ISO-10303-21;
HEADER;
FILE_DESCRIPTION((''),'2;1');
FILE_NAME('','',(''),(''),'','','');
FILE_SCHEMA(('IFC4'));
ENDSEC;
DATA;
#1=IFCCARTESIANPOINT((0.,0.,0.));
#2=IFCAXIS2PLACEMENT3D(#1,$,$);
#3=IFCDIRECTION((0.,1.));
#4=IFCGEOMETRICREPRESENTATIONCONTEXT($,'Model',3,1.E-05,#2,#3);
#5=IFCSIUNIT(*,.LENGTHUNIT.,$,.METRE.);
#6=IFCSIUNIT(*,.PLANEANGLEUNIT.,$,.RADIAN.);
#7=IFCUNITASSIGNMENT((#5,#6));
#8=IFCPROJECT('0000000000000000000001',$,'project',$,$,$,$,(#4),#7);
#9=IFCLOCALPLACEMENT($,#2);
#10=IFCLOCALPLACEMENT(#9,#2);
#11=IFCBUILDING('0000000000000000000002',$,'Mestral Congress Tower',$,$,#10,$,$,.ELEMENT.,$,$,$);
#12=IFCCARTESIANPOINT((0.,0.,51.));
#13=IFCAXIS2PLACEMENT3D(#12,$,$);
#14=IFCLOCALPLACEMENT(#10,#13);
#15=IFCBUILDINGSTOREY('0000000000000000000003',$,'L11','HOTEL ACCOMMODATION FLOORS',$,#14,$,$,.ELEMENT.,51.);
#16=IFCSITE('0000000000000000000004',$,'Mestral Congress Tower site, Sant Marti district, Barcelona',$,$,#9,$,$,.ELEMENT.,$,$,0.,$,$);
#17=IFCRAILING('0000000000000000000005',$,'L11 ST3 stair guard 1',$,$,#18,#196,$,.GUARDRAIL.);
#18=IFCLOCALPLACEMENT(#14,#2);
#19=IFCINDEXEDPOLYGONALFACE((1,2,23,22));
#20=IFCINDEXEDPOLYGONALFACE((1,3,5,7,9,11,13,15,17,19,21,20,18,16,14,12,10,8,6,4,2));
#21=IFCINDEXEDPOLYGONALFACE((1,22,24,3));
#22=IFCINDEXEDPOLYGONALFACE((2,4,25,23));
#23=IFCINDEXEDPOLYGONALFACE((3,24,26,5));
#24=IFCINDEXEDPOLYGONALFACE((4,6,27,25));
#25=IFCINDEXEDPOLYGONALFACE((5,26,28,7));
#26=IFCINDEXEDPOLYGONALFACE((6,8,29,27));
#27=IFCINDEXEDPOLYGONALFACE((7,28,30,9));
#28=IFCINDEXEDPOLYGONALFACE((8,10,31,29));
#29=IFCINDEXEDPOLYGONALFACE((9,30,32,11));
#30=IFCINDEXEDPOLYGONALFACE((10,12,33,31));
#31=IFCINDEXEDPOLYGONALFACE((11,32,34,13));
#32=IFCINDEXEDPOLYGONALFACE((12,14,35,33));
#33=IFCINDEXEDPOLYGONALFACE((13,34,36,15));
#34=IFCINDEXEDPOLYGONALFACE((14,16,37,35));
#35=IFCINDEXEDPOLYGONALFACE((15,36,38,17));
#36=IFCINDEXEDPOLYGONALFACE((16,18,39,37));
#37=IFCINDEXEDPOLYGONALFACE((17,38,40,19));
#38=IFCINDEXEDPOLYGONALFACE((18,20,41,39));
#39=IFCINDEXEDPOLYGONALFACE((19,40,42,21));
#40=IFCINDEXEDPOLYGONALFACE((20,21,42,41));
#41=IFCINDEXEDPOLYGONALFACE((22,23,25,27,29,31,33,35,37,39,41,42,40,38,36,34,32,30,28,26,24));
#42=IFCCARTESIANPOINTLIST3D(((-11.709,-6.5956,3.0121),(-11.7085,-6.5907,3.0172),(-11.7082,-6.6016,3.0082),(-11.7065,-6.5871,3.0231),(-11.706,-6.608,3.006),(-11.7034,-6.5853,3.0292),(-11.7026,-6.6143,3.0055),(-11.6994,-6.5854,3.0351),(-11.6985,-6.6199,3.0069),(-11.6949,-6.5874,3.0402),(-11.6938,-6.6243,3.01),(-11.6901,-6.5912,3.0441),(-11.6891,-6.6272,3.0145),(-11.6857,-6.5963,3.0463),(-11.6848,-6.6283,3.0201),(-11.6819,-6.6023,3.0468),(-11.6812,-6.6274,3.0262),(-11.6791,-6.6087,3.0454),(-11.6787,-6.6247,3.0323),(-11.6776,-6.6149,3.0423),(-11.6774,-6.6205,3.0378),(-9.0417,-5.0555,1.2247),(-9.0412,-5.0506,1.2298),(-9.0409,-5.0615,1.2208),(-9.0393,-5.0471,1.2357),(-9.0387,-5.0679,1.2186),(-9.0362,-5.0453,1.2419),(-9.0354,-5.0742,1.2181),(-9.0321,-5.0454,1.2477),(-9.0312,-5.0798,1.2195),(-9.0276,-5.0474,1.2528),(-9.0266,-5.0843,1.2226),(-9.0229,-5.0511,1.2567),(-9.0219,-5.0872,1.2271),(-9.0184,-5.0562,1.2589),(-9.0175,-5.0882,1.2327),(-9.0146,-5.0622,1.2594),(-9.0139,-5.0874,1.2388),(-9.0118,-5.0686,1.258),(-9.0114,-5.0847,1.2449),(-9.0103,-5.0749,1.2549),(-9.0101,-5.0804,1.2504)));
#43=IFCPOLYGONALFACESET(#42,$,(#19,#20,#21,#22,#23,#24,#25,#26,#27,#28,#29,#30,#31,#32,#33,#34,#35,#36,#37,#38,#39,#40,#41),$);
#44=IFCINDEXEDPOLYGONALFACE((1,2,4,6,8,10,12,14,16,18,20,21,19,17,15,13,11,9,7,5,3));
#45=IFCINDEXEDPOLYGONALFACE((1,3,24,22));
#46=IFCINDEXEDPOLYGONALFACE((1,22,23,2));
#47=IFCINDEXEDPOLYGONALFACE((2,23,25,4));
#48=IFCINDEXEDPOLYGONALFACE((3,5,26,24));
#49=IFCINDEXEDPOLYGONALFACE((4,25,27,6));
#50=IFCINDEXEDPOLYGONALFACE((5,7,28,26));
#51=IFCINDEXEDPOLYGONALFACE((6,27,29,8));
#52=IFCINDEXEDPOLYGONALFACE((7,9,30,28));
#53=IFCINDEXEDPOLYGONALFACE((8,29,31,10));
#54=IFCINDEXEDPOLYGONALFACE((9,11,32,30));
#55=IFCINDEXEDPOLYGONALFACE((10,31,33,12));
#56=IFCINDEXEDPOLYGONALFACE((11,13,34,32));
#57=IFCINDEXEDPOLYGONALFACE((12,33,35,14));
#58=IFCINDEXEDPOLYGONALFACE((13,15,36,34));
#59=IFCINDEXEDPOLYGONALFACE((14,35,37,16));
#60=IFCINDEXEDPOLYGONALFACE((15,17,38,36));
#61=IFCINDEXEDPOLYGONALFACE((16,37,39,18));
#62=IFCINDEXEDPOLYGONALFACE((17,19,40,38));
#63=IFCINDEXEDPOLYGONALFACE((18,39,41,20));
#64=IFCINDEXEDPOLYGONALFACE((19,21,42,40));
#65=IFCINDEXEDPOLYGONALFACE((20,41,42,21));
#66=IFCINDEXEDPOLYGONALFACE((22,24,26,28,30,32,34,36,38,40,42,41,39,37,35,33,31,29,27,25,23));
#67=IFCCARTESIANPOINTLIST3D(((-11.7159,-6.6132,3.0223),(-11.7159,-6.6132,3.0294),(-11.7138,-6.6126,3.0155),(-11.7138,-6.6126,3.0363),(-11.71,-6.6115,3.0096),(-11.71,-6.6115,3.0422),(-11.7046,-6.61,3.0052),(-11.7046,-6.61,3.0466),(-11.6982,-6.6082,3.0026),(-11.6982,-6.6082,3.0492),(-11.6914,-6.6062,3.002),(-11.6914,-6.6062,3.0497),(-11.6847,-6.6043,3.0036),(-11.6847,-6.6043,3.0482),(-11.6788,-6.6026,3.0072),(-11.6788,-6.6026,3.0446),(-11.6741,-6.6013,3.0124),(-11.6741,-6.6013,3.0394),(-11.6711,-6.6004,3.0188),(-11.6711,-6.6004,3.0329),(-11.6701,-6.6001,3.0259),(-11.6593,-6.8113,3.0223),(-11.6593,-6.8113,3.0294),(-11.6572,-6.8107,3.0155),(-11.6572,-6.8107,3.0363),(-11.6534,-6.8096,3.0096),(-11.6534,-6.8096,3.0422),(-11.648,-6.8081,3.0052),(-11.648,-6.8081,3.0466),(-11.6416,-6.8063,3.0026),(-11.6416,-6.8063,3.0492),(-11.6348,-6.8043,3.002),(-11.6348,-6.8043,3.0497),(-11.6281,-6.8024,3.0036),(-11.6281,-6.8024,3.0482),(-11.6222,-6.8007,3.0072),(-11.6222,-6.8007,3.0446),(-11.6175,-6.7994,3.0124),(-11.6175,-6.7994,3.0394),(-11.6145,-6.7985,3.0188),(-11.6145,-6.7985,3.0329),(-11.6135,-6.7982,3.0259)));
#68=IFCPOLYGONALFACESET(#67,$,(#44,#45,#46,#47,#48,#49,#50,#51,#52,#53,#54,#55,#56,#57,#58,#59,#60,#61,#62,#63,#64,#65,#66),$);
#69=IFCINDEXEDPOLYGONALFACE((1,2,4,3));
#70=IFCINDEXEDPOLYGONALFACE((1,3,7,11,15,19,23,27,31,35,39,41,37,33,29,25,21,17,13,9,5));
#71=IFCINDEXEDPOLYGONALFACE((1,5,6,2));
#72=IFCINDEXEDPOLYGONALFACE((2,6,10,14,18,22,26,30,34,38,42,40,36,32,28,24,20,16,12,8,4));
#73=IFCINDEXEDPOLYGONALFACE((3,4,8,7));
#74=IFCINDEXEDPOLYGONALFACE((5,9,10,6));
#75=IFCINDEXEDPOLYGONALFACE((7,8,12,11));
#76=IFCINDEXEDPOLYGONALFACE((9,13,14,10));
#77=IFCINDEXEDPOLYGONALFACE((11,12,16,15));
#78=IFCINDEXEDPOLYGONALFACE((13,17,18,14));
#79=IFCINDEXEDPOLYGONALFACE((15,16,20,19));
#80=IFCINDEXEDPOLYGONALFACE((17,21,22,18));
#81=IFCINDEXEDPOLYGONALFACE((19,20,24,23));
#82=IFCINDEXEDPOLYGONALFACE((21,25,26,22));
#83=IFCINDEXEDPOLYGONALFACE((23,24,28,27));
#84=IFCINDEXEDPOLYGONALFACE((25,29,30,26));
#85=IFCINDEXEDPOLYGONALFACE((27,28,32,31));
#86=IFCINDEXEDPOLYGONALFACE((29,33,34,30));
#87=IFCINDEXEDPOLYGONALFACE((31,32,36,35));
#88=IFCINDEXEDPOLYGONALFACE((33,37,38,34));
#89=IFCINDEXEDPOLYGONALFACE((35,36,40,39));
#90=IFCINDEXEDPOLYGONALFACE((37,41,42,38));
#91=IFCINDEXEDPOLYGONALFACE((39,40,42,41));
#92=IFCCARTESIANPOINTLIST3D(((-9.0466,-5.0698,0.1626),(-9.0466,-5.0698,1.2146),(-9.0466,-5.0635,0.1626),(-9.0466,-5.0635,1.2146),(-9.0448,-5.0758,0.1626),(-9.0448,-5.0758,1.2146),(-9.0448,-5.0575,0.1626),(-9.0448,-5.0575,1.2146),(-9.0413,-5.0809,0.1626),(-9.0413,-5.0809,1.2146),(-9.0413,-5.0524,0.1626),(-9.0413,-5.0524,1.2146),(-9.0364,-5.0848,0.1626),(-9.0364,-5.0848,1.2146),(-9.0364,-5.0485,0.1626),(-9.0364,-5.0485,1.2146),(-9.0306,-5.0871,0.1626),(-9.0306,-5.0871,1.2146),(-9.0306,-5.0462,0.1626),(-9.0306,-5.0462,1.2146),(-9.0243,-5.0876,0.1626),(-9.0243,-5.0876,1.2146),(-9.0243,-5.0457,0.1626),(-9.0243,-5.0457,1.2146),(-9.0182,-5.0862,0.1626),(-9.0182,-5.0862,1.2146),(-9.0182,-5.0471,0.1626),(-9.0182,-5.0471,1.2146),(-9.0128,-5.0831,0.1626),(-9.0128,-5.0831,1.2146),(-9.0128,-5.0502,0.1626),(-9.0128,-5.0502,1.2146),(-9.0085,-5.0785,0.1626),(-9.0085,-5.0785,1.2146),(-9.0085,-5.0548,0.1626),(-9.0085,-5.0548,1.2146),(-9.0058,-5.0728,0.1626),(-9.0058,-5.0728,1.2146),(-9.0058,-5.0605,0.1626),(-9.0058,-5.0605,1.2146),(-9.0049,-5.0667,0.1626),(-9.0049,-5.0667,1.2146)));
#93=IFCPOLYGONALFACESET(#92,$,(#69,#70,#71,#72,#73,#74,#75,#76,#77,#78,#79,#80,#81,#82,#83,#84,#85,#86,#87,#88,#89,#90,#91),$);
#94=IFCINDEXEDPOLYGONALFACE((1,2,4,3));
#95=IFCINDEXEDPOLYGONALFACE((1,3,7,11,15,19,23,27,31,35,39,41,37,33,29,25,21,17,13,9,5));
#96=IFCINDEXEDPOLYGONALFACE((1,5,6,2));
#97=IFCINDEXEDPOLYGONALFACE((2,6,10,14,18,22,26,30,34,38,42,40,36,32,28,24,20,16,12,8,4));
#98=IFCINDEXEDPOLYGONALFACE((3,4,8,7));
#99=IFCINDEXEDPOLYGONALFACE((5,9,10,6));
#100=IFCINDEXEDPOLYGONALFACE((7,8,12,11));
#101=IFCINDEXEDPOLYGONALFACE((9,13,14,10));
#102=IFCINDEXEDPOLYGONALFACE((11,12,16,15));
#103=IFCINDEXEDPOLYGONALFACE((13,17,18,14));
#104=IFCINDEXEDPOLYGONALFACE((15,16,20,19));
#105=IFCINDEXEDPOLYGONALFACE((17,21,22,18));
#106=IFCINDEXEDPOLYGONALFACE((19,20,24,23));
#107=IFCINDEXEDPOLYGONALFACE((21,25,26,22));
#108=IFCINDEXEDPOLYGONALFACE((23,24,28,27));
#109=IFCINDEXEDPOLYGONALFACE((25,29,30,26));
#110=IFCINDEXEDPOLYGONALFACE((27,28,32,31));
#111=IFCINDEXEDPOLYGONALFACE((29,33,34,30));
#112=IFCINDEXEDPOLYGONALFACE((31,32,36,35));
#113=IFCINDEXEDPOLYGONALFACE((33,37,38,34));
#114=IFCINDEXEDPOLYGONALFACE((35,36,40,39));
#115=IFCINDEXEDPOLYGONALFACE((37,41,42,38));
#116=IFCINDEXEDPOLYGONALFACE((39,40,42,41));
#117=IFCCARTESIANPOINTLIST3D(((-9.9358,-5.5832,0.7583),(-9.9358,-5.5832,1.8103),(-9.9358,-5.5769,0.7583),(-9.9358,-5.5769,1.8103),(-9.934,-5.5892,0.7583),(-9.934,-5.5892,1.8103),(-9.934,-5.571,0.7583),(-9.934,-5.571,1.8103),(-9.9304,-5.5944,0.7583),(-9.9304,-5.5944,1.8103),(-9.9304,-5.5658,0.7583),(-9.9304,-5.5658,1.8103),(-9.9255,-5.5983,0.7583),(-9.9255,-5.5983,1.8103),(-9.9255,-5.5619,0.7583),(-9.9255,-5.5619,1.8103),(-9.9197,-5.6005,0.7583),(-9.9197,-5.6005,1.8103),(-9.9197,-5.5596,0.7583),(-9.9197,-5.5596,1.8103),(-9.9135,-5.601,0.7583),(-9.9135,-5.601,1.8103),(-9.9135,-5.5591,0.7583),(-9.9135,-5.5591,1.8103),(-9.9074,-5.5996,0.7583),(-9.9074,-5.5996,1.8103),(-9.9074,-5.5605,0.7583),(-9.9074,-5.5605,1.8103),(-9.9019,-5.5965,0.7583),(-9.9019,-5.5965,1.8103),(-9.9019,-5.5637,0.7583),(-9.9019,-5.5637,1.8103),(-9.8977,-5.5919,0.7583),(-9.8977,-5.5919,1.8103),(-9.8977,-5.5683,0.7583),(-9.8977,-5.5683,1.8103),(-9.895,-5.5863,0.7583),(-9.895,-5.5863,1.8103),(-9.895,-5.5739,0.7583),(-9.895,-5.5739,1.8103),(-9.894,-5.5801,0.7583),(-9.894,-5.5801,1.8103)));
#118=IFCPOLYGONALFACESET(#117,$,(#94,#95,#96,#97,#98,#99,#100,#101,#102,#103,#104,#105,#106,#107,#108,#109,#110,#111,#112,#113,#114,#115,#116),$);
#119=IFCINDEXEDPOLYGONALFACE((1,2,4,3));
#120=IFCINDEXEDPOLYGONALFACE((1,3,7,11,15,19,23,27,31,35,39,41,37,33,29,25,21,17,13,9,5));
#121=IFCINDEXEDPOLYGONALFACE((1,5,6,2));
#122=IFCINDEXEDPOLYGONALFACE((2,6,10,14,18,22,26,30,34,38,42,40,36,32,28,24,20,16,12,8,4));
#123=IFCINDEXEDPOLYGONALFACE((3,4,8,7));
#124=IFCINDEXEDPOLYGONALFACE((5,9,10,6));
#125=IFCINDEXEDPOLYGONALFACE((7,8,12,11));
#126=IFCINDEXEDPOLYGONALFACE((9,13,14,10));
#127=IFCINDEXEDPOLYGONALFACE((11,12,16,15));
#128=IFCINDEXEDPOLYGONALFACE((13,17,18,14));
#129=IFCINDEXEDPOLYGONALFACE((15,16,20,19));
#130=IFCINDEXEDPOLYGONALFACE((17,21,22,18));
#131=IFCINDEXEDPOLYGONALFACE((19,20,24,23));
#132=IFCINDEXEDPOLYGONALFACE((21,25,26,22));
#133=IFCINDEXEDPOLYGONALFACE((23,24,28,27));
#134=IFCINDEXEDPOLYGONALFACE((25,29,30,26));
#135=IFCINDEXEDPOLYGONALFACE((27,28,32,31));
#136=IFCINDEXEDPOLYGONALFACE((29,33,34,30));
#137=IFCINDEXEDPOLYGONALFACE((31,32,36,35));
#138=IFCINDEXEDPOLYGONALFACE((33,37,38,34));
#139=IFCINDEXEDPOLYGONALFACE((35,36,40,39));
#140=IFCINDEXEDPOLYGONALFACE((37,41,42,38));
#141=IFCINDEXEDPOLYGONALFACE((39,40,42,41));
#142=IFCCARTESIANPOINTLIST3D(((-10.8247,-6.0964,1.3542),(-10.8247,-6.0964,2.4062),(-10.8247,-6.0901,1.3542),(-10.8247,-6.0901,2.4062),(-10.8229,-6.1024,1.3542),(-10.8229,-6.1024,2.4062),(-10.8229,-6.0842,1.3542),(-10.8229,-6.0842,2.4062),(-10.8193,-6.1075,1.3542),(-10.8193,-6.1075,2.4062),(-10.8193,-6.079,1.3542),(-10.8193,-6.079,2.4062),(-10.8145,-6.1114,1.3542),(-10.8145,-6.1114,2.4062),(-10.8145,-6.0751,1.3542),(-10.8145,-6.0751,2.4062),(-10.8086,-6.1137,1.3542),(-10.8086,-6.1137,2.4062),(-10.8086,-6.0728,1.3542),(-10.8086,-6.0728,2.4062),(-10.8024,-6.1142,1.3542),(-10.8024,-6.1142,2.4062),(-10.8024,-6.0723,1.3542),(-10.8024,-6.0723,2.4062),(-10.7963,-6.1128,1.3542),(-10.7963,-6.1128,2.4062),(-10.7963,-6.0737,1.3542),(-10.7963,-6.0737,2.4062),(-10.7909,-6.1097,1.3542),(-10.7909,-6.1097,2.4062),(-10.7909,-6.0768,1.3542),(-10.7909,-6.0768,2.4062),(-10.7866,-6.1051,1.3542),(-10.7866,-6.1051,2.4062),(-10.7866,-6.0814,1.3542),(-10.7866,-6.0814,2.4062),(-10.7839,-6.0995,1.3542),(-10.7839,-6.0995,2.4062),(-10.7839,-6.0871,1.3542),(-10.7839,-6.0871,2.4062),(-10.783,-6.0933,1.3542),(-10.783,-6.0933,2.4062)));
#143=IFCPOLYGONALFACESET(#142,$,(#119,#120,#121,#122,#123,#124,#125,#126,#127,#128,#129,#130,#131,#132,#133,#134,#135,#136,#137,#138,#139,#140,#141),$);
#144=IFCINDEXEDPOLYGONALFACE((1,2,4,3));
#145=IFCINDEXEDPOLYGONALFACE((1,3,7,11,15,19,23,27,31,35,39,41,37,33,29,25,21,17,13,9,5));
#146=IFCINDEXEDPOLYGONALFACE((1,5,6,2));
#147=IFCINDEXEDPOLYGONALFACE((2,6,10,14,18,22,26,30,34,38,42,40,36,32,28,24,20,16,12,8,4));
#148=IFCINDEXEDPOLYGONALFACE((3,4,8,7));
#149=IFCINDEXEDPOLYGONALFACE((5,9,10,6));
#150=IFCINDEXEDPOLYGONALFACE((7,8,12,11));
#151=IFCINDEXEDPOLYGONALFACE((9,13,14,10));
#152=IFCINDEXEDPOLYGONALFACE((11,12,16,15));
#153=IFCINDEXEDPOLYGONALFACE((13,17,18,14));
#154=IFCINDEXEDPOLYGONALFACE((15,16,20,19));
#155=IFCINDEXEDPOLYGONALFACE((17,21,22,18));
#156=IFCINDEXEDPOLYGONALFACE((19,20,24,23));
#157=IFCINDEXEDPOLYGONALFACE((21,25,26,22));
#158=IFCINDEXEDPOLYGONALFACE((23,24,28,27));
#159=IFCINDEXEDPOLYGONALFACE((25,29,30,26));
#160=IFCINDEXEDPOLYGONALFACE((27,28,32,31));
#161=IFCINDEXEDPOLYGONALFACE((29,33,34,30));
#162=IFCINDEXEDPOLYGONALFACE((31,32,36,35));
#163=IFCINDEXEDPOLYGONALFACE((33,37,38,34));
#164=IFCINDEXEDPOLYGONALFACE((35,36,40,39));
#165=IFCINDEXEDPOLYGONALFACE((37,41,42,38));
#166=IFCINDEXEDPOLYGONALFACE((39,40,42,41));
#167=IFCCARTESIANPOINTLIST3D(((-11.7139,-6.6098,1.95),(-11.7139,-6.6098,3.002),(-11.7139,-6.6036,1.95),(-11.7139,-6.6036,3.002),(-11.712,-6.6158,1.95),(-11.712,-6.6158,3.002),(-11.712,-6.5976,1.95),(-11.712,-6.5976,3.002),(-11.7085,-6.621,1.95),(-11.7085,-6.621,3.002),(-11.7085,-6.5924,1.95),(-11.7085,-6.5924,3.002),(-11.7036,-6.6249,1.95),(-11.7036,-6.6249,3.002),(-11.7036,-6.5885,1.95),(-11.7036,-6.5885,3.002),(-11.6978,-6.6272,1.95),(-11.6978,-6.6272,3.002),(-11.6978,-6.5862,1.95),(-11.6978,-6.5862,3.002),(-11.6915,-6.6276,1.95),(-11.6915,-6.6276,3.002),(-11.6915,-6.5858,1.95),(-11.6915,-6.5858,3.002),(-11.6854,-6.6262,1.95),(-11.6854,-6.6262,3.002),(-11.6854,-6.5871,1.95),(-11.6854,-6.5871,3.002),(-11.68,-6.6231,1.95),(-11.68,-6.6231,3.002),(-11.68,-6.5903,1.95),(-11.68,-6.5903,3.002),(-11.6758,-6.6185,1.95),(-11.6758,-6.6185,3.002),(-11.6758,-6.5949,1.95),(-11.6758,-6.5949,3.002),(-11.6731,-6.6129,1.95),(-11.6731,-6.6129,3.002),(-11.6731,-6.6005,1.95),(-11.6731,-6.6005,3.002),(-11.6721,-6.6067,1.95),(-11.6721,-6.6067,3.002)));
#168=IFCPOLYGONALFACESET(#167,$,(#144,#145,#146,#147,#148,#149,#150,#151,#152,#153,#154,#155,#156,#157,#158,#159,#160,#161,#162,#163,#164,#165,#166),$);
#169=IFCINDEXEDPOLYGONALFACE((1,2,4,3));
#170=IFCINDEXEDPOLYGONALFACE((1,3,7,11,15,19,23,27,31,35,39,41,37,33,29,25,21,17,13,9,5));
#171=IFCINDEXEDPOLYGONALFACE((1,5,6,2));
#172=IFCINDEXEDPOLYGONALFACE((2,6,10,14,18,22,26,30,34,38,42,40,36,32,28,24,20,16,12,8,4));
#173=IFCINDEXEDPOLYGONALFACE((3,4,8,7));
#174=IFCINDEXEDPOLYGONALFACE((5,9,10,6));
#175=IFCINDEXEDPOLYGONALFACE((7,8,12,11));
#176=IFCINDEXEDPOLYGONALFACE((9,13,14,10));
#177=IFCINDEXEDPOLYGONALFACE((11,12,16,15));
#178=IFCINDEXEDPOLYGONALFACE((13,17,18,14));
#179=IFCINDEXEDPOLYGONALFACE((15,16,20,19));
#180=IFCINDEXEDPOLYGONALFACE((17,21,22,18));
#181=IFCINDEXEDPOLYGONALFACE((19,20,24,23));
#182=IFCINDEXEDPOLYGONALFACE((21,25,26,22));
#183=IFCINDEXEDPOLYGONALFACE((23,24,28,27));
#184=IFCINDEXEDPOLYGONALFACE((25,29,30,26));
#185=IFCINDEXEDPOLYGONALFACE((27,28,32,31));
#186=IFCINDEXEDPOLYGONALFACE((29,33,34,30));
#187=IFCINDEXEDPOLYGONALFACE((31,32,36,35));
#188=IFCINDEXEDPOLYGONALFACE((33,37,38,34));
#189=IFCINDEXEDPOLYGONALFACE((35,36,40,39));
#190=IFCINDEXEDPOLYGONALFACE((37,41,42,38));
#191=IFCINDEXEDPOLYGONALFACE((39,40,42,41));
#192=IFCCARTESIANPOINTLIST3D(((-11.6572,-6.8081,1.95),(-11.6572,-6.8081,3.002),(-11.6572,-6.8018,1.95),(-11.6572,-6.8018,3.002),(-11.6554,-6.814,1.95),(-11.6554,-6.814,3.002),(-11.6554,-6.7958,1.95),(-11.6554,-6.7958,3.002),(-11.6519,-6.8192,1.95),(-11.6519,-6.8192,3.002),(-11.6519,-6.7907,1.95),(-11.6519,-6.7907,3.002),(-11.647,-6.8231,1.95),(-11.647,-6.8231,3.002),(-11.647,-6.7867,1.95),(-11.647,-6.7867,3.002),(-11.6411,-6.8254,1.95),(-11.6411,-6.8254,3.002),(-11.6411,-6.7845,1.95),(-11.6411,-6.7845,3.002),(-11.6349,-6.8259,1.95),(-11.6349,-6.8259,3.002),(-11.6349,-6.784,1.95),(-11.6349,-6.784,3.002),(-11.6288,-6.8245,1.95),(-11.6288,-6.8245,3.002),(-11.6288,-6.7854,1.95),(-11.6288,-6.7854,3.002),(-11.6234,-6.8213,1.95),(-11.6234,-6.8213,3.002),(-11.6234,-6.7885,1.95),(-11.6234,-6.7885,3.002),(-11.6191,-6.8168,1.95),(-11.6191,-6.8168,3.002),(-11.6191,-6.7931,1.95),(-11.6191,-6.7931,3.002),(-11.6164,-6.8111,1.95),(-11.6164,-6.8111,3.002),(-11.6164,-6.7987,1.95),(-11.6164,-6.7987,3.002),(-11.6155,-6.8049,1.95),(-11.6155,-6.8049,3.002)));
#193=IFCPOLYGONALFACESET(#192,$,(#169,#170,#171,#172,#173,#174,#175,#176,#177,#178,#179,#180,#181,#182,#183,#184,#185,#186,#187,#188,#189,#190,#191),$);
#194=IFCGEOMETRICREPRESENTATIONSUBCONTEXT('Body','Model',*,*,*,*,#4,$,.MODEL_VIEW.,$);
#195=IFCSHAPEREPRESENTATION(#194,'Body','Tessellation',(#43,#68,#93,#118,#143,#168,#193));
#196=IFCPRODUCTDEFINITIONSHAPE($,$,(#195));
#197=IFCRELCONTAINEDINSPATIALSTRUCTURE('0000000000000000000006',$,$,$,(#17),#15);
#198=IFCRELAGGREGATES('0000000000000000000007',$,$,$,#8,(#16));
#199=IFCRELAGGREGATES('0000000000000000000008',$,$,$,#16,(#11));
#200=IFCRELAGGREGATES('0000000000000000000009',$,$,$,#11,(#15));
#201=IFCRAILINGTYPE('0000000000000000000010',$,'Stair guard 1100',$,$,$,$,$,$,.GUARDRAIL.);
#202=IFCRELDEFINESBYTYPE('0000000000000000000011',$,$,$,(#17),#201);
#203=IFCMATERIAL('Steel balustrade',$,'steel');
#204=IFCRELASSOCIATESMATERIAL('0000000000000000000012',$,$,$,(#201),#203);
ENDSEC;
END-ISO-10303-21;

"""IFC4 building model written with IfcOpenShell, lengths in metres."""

from ifc_helpers import new_model, si_unit, direction, frame, origin, origin_2d, place, context, subcontext, project, spatial, circle, extrude, material, type_object, element, save


model = new_model("IFC4")

# Units and contexts
model_context = context("Model", 3, precision=1e-05, world=origin(), true_north=direction((0.0, 1.0)))
body_context = subcontext(model_context, "Body", "Model", "MODEL_VIEW")
ifc_project = project(units=[si_unit("LENGTHUNIT", "METRE"), si_unit("PLANEANGLEUNIT", "RADIAN")], contexts=[model_context])

# Site, building, storey
site_placement = place(None, origin())
site = spatial("IfcSite", under=ifc_project, at=site_placement, Name="Mestral Congress Tower site, Sant Marti district, Barcelona", CompositionType="ELEMENT", RefElevation=0.0)
building_placement = place(site_placement, origin())
building = spatial("IfcBuilding", under=site, at=building_placement, Name="Mestral Congress Tower", CompositionType="ELEMENT")
storey_placement = place(building_placement, frame((0.0, 0.0, 51.0)))
storey = spatial("IfcBuildingStorey", under=building, at=storey_placement, Name="L11", Description="HOTEL ACCOMMODATION FLOORS", CompositionType="ELEMENT", Elevation=51.0)

# Railing
ifc_material_1 = material(Name="Steel balustrade", Category="steel")
railing_type_1 = type_object("IfcRailingType", Name="Stair guard 1100", PredefinedType="GUARDRAIL", material=ifc_material_1)
railing_1_placement = place(storey_placement, frame((-9.0259, -5.0667, 0.1626)))
element("IfcRailing", 1, at=railing_1_placement, inside=storey, type_object=railing_type_1, Name="L11 ST3 stair guard 1", PredefinedType="GUARDRAIL", context=body_context, shape_type="SweptSolid", body=[
    extrude(circle(Radius=0.0239, at=origin_2d()), frame((0.0, 0.0, 1.0762), z_axis=(-0.74902, -0.432477, 0.501929), x_axis=(0.500027, -0.86601, 0.0)), (0.0, 0.0, 1.0), 3.561),
    extrude(circle(Radius=0.0239, at=origin_2d()), frame((-2.6672, -1.54, 2.8633), z_axis=(0.274721, -0.961524, 0.0), x_axis=(0.961524, 0.274721, 0.0)), (0.0, 0.0, 1.0), 0.2061),
    extrude(circle(Radius=0.021, at=origin_2d()), origin(), (0.0, 0.0, 1.0), 1.052),
    extrude(circle(Radius=0.021, at=origin_2d()), frame((-0.8892, -0.5134, 0.5957)), (0.0, 0.0, 1.0), 1.052),
    extrude(circle(Radius=0.021, at=origin_2d()), frame((-1.7781, -1.0266, 1.1917)), (0.0, 0.0, 1.0), 1.052),
    extrude(circle(Radius=0.021, at=origin_2d()), frame((-2.6672, -1.54, 1.7874)), (0.0, 0.0, 1.0), 1.052),
    extrude(circle(Radius=0.021, at=origin_2d()), frame((-2.6106, -1.7383, 1.7874)), (0.0, 0.0, 1.0), 1.052),
])

save(model, "model.ifc")
